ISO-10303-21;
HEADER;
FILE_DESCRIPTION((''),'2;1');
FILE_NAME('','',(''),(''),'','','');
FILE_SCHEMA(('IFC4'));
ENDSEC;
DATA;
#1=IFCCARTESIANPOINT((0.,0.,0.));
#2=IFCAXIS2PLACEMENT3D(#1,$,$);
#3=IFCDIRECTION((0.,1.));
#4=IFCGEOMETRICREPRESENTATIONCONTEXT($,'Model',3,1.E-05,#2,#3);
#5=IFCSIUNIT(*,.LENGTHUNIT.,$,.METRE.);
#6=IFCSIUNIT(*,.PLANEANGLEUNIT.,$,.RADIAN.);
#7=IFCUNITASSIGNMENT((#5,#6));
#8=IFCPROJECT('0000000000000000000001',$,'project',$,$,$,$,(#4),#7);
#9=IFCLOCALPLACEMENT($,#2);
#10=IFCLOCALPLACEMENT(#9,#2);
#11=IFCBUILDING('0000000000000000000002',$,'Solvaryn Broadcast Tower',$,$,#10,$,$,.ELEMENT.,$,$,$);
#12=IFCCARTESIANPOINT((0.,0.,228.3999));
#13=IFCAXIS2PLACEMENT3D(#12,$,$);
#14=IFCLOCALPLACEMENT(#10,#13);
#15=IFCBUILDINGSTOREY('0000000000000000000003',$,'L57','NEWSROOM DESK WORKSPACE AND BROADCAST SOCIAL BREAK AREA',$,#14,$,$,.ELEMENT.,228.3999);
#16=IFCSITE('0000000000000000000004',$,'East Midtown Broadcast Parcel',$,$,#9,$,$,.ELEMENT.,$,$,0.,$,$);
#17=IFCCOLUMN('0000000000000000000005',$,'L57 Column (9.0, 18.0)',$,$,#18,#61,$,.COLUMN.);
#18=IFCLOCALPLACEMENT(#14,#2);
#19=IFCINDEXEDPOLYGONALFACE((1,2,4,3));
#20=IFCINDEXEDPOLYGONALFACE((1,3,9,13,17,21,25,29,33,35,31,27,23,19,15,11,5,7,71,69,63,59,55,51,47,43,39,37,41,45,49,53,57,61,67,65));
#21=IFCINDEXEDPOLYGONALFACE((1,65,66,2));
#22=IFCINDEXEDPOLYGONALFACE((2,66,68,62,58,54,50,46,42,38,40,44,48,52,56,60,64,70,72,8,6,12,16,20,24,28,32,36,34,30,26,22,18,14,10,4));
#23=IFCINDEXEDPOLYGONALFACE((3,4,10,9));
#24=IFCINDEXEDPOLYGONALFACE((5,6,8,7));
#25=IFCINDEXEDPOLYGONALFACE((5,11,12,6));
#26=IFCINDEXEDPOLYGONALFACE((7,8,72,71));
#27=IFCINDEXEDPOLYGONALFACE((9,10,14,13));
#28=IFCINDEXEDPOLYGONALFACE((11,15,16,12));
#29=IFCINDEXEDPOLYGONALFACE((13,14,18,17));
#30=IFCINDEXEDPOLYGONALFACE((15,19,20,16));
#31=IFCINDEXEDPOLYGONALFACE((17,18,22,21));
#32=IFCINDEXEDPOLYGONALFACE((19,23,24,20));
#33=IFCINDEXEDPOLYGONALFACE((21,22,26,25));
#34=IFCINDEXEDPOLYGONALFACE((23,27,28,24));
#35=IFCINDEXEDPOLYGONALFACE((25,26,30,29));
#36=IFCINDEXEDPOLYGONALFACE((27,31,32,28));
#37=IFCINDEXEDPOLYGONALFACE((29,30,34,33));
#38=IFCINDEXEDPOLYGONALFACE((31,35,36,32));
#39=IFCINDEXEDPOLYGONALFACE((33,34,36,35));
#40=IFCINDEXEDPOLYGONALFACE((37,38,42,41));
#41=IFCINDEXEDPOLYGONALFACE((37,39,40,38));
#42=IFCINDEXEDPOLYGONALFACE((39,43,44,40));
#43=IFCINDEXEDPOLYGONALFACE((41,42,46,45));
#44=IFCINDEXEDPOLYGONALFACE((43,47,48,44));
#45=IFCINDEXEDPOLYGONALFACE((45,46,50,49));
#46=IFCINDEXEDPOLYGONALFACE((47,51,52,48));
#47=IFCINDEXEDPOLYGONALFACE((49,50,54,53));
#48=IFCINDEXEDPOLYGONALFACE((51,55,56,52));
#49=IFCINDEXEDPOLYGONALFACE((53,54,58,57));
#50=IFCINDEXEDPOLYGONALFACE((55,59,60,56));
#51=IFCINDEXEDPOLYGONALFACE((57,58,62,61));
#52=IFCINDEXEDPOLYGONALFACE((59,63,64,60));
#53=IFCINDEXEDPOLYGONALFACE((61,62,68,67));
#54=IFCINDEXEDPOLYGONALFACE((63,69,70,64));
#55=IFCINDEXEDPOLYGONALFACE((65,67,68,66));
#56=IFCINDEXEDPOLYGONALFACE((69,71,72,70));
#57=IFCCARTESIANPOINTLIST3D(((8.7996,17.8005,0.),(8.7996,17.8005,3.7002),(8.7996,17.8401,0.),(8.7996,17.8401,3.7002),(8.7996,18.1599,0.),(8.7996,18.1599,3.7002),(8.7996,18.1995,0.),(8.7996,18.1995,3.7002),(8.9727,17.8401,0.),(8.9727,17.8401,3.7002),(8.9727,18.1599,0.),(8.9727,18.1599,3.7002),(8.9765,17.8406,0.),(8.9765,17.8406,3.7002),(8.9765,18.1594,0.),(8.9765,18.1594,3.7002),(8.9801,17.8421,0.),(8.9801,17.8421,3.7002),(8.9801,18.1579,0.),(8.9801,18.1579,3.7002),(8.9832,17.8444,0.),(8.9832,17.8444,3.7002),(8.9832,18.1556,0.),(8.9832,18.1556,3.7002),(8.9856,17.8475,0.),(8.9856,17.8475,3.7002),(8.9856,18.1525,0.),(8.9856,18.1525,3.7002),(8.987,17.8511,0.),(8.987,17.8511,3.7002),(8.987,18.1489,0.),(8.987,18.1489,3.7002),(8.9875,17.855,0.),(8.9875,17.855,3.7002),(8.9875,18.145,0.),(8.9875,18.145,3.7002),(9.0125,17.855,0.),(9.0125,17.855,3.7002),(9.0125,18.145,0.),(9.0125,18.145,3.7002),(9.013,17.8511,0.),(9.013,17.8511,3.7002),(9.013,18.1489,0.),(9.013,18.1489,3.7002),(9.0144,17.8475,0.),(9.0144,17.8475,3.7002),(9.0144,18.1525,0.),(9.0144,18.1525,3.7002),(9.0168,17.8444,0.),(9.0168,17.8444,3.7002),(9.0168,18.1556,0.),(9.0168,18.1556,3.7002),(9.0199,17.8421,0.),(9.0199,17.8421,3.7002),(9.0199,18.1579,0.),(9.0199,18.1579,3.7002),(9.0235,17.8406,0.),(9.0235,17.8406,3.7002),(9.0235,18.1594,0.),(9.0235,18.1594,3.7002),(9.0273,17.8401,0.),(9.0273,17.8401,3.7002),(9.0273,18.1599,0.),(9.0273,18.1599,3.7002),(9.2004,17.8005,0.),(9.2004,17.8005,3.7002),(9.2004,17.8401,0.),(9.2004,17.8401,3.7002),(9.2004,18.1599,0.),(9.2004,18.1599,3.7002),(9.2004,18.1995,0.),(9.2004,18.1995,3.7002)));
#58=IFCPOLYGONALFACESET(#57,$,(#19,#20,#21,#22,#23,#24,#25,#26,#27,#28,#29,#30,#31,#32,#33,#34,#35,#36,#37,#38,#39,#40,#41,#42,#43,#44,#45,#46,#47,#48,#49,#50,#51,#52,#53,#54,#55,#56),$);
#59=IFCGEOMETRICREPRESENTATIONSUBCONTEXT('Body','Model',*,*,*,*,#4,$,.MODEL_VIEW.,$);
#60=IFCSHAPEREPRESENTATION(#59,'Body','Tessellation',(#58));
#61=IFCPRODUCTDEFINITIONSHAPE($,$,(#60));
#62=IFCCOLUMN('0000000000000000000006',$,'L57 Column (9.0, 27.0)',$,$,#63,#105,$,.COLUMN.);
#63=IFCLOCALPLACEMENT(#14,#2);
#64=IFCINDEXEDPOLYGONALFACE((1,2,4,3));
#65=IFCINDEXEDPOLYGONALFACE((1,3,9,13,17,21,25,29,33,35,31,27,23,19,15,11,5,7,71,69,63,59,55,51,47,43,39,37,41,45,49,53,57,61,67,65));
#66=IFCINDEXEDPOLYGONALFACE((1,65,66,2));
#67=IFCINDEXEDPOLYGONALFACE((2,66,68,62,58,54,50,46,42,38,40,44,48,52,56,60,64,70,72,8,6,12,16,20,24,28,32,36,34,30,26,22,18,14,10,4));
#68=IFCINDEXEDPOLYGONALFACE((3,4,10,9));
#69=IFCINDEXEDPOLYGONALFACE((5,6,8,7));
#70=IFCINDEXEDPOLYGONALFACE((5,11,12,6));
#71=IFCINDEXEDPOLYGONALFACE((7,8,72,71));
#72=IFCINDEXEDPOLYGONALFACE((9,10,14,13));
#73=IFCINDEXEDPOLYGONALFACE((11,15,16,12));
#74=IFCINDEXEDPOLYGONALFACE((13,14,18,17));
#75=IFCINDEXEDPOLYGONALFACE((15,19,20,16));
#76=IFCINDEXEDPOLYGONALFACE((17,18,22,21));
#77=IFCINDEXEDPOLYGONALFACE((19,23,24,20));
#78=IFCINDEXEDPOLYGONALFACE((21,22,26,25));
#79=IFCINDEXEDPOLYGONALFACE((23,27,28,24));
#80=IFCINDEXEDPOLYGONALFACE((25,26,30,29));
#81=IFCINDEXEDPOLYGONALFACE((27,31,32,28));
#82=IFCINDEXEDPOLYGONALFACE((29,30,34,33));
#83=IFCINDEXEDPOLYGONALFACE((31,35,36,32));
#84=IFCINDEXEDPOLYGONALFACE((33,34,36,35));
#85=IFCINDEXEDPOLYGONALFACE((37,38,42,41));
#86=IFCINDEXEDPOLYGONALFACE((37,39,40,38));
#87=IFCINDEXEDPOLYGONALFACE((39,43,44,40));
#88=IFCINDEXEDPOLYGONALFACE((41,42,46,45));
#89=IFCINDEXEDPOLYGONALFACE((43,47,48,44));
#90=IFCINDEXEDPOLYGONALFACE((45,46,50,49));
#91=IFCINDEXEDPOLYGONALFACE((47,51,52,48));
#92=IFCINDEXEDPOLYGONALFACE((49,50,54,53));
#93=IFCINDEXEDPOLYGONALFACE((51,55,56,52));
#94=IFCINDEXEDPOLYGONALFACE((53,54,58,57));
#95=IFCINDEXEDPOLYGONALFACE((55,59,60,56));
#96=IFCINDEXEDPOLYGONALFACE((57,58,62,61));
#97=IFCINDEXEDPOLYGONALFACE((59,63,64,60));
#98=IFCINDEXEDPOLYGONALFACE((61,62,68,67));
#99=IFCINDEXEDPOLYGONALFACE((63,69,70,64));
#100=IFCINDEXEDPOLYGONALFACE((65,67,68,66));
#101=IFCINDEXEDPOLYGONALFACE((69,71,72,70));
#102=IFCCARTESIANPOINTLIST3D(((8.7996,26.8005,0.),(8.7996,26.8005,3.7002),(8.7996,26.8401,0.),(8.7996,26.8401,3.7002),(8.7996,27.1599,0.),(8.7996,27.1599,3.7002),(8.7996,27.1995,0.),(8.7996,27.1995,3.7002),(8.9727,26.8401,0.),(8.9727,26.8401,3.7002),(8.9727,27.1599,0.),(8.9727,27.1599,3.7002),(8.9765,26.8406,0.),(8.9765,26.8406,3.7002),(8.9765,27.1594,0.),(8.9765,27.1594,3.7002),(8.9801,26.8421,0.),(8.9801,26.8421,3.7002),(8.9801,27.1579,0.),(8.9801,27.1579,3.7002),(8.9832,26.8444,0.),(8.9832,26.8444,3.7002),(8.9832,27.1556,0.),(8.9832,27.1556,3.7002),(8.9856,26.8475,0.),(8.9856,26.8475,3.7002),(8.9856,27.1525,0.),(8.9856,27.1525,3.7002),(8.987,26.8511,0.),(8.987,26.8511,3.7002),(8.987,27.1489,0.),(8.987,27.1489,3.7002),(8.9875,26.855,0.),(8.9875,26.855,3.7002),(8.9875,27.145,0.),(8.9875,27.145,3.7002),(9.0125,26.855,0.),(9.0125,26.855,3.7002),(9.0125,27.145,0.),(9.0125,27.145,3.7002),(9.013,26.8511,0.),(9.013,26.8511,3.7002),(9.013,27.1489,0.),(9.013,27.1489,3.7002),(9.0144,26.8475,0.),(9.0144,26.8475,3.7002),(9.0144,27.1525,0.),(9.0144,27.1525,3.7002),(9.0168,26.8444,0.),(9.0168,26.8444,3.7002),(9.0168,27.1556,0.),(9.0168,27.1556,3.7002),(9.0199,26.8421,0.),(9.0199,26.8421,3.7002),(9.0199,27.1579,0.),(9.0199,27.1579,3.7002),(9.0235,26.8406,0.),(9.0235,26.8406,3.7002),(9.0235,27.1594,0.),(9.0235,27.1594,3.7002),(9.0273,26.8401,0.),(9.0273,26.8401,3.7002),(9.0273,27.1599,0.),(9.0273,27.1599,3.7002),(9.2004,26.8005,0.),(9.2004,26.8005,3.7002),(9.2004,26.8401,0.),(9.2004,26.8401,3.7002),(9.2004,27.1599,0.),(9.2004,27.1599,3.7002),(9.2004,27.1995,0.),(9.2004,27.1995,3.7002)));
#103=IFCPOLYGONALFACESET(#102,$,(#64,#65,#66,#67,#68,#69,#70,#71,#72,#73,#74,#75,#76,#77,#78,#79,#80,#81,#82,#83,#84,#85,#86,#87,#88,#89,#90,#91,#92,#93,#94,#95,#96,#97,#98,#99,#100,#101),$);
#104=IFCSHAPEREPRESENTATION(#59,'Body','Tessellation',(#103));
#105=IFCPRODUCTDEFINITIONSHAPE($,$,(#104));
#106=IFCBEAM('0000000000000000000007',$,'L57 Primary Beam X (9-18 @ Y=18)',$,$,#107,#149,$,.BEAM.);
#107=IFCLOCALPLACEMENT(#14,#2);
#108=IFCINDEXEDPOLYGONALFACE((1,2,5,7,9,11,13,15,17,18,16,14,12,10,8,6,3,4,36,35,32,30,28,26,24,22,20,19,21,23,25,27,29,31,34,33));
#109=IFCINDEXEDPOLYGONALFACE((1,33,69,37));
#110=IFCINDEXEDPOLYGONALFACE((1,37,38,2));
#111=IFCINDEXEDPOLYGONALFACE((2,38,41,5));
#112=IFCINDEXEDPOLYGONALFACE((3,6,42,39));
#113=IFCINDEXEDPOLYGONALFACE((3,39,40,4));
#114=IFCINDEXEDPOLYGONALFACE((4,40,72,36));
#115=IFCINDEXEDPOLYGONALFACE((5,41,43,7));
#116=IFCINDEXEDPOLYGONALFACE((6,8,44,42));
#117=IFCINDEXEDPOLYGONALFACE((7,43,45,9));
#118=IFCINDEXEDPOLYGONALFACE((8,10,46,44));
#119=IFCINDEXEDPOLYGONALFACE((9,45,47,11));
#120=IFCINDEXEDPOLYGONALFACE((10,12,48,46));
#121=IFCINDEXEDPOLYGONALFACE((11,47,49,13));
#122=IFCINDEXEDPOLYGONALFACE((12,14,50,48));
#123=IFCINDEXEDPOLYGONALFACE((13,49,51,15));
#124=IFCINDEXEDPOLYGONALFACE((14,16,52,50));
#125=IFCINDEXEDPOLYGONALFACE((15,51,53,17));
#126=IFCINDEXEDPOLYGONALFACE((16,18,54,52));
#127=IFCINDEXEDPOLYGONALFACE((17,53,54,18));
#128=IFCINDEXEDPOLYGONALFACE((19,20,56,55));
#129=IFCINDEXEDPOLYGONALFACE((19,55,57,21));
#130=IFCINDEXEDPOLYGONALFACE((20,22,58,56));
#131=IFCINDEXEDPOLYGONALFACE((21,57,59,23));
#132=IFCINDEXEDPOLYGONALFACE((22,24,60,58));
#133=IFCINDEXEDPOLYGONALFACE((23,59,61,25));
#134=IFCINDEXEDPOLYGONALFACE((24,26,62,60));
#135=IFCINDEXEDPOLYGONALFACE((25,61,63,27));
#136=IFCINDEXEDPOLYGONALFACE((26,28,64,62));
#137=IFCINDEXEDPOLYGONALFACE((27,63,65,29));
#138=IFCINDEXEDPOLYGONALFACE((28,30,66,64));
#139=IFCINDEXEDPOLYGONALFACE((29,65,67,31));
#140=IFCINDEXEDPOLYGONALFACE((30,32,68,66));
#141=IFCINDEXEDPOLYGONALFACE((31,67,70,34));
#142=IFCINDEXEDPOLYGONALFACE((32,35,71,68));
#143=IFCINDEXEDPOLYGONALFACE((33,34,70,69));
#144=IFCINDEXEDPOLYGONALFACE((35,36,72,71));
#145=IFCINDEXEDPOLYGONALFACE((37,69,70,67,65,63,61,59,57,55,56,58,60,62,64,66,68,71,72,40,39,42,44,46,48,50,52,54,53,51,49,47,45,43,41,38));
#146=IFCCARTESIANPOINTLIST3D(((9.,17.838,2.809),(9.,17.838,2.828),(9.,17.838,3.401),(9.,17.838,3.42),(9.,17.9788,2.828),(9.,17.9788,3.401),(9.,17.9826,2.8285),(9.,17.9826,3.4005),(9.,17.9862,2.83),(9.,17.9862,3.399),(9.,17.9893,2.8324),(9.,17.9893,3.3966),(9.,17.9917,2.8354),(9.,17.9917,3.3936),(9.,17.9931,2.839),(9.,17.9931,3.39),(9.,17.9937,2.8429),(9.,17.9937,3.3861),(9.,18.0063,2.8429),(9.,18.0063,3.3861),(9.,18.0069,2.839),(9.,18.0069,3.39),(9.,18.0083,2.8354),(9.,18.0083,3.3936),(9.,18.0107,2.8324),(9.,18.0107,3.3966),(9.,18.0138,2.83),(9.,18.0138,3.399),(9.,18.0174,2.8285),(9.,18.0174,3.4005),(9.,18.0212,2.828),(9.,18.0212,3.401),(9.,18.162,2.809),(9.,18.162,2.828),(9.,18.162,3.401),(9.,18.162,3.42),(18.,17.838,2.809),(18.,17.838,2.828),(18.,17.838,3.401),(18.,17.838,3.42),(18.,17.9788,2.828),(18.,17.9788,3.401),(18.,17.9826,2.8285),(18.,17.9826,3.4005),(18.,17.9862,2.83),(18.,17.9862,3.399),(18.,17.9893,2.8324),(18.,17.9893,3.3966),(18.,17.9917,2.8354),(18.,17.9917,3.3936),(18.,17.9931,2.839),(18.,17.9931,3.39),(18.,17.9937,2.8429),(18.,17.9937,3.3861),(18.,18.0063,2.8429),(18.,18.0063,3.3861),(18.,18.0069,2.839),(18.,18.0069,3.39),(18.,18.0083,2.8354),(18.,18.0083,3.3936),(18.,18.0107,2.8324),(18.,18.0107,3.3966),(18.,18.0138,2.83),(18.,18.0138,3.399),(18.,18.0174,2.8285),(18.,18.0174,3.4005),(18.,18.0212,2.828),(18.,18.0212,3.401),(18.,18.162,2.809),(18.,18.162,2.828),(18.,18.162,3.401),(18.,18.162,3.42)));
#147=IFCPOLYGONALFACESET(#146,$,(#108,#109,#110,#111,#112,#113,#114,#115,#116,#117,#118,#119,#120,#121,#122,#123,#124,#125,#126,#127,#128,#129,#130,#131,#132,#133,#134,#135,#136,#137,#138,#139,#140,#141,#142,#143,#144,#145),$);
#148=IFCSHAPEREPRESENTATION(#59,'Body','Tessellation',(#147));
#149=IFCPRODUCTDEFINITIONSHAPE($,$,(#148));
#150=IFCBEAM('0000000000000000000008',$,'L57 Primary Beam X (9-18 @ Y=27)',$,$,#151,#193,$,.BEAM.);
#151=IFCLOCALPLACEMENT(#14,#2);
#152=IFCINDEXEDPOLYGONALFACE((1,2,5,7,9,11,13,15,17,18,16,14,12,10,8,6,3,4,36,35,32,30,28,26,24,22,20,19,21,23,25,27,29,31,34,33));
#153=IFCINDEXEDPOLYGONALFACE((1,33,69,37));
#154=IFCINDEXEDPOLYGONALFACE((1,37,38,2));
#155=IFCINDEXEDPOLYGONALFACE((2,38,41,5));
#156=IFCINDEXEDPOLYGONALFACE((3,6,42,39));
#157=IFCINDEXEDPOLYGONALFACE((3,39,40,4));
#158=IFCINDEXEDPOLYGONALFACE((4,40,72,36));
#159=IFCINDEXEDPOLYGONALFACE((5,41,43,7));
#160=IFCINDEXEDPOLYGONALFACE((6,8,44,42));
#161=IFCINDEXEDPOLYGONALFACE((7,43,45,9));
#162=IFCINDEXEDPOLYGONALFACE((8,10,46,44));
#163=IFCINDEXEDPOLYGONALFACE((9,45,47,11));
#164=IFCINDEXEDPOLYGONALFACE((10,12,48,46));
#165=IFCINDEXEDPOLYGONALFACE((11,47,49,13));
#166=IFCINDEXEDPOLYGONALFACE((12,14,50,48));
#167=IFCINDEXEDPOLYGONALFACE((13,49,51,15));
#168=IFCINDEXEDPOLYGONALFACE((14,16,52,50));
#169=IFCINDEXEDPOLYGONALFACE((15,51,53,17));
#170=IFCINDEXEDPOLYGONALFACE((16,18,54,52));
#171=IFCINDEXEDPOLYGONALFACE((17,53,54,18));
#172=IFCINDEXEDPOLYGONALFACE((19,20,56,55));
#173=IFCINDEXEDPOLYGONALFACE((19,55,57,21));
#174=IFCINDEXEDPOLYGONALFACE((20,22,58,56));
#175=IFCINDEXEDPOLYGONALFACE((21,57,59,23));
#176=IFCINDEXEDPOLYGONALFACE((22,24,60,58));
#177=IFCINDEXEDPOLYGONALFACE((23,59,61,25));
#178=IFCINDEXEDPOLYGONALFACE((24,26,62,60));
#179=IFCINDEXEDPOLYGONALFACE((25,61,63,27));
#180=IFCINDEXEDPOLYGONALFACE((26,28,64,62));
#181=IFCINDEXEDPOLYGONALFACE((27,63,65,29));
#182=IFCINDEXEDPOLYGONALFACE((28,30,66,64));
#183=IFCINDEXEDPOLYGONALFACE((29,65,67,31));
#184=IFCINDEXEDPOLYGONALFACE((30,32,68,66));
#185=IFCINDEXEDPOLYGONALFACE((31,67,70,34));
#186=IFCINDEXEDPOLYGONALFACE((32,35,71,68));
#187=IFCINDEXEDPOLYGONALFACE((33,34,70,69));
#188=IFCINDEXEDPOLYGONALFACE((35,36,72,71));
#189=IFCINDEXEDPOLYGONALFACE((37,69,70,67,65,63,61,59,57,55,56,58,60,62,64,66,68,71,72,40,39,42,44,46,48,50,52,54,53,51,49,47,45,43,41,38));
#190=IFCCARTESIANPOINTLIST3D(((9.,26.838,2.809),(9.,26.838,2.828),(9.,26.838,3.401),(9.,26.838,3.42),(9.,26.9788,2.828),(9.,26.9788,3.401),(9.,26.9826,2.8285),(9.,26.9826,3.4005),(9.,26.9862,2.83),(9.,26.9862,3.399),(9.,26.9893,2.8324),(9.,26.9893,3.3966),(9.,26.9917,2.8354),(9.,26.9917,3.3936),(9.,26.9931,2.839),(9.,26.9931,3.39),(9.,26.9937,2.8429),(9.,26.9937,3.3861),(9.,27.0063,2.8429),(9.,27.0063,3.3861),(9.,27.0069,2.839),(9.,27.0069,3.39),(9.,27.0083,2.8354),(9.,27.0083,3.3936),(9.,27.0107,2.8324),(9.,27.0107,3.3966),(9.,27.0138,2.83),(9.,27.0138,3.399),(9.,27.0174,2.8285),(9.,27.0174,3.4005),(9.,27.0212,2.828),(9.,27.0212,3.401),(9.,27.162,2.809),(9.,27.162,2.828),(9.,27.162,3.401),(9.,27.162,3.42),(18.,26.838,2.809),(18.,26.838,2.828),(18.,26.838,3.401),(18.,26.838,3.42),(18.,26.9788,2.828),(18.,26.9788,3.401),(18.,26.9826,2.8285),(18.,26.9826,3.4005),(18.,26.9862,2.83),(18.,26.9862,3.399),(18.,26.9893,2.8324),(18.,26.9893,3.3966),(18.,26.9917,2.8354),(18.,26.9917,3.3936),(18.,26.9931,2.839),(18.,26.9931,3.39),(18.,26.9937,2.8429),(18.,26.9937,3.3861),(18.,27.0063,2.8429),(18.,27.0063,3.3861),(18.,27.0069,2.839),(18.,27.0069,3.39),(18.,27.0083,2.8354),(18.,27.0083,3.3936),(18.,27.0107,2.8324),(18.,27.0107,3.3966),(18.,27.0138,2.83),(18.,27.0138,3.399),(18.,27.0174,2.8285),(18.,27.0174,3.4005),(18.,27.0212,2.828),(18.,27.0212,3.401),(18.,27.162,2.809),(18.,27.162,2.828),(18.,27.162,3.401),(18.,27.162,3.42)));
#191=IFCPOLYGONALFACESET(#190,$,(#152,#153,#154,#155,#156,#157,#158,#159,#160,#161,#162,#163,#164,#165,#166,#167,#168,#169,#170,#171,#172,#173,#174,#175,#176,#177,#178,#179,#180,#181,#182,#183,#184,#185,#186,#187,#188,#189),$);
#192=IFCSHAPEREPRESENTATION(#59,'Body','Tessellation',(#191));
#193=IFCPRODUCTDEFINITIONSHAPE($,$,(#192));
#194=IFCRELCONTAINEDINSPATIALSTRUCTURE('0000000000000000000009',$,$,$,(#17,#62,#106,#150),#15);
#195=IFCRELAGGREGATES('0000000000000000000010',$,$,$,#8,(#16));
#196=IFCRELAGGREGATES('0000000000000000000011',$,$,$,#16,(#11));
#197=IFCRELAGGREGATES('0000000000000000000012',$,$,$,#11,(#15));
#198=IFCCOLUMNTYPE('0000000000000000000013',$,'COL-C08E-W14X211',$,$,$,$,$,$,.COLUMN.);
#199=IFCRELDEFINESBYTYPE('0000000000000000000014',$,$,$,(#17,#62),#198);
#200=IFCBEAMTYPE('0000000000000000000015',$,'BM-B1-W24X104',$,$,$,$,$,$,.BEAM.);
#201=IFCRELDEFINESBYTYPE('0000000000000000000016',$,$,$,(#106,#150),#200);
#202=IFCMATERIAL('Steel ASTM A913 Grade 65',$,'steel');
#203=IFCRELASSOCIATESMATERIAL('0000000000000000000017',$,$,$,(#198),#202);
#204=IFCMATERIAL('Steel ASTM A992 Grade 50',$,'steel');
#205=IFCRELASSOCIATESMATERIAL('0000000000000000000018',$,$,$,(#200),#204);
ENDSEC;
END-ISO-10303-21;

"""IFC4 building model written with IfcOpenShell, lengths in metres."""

from ifc_helpers import new_model, si_unit, direction, frame, origin, origin_2d, place, context, subcontext, project, spatial, i_section, extrude, material, material_profile, profile_set, type_object, element, save


model = new_model("IFC4")

# Units and contexts
model_context = context("Model", 3, precision=1e-05, world=origin(), true_north=direction((0.0, 1.0)))
body_context = subcontext(model_context, "Body", "Model", "MODEL_VIEW")
ifc_project = project(units=[si_unit("LENGTHUNIT", "METRE"), si_unit("PLANEANGLEUNIT", "RADIAN")], contexts=[model_context])

# Site, building, storey
site_placement = place(None, origin())
site = spatial("IfcSite", under=ifc_project, at=site_placement, Name="East Midtown Broadcast Parcel", CompositionType="ELEMENT", RefElevation=0.0)
building_placement = place(site_placement, origin())
building = spatial("IfcBuilding", under=site, at=building_placement, Name="Solvaryn Broadcast Tower", CompositionType="ELEMENT")
storey_placement = place(building_placement, frame((0.0, 0.0, 228.3999)))
storey = spatial("IfcBuildingStorey", under=building, at=storey_placement, Name="L57", Description="NEWSROOM DESK WORKSPACE AND BROADCAST SOCIAL BREAK AREA", CompositionType="ELEMENT", Elevation=228.3999)

# Columns
ifc_material_1 = material(Name="Steel ASTM A913 Grade 65", Category="steel")
ifc_material_profile_1 = material_profile(ifc_material_1, i_section(OverallWidth=0.4009, OverallDepth=0.3989, WebThickness=0.0249, FlangeThickness=0.0396, FilletRadius=0.0149, at=origin_2d()))
ifc_profile_set_1 = profile_set([ifc_material_profile_1], Name="Steel ASTM A913 Grade 65")
column_type = type_object("IfcColumnType", Name="COL-C08E-W14X211", PredefinedType="COLUMN", material=ifc_profile_set_1)
for number, where, z_axis, x_axis, name in (
    (1, (9.0, 18.0, 0.0), (0.0, 0.0, 1.0), (1.0, 0.0, 0.0), "L57 Column (9.0, 18.0)"),
    (2, (9.0, 27.0, 0.0), (0.0, 0.0, 1.0), (1.0, 0.0, 0.0), "L57 Column (9.0, 27.0)"),
):
    element("IfcColumn", number, at=place(storey_placement, frame(where, z_axis=z_axis, x_axis=x_axis)), inside=storey, type_object=column_type, Name=name, PredefinedType="COLUMN", context=body_context, shape_type="SweptSolid", body=[
        extrude(i_section(OverallWidth=0.4009, OverallDepth=0.3989, WebThickness=0.0249, FlangeThickness=0.0396, FilletRadius=0.0149, at=origin_2d()), origin(), (0.0, 0.0, 1.0), 3.7002),
    ])

# Beams
ifc_material_2 = material(Name="Steel ASTM A992 Grade 50", Category="steel")
ifc_material_profile_2 = material_profile(ifc_material_2, i_section(OverallWidth=0.324, OverallDepth=0.6111, WebThickness=0.0127, FlangeThickness=0.019, FilletRadius=0.0149, at=origin_2d()))
ifc_profile_set_2 = profile_set([ifc_material_profile_2], Name="Steel ASTM A992 Grade 50")
beam_type_1 = type_object("IfcBeamType", Name="BM-B1-W24X104", PredefinedType="BEAM", material=ifc_profile_set_2)
for number, where, z_axis, x_axis, name in (
    (3, (9.0, 18.0, 3.1145), (1.0, 0.0, 0.0), (0.0, 1.0, 0.0), "L57 Primary Beam X (9-18 @ Y=18)"),
    (4, (9.0, 27.0, 3.1145), (1.0, 0.0, 0.0), (0.0, 1.0, 0.0), "L57 Primary Beam X (9-18 @ Y=27)"),
):
    element("IfcBeam", number, at=place(storey_placement, frame(where, z_axis=z_axis, x_axis=x_axis)), inside=storey, type_object=beam_type_1, Name=name, PredefinedType="BEAM", context=body_context, shape_type="SweptSolid", body=[
        extrude(i_section(OverallWidth=0.324, OverallDepth=0.6111, WebThickness=0.0127, FlangeThickness=0.019, FilletRadius=0.0149, at=origin_2d()), origin(), (0.0, 0.0, 1.0), 9.0),
    ])

save(model, "model.ifc")
